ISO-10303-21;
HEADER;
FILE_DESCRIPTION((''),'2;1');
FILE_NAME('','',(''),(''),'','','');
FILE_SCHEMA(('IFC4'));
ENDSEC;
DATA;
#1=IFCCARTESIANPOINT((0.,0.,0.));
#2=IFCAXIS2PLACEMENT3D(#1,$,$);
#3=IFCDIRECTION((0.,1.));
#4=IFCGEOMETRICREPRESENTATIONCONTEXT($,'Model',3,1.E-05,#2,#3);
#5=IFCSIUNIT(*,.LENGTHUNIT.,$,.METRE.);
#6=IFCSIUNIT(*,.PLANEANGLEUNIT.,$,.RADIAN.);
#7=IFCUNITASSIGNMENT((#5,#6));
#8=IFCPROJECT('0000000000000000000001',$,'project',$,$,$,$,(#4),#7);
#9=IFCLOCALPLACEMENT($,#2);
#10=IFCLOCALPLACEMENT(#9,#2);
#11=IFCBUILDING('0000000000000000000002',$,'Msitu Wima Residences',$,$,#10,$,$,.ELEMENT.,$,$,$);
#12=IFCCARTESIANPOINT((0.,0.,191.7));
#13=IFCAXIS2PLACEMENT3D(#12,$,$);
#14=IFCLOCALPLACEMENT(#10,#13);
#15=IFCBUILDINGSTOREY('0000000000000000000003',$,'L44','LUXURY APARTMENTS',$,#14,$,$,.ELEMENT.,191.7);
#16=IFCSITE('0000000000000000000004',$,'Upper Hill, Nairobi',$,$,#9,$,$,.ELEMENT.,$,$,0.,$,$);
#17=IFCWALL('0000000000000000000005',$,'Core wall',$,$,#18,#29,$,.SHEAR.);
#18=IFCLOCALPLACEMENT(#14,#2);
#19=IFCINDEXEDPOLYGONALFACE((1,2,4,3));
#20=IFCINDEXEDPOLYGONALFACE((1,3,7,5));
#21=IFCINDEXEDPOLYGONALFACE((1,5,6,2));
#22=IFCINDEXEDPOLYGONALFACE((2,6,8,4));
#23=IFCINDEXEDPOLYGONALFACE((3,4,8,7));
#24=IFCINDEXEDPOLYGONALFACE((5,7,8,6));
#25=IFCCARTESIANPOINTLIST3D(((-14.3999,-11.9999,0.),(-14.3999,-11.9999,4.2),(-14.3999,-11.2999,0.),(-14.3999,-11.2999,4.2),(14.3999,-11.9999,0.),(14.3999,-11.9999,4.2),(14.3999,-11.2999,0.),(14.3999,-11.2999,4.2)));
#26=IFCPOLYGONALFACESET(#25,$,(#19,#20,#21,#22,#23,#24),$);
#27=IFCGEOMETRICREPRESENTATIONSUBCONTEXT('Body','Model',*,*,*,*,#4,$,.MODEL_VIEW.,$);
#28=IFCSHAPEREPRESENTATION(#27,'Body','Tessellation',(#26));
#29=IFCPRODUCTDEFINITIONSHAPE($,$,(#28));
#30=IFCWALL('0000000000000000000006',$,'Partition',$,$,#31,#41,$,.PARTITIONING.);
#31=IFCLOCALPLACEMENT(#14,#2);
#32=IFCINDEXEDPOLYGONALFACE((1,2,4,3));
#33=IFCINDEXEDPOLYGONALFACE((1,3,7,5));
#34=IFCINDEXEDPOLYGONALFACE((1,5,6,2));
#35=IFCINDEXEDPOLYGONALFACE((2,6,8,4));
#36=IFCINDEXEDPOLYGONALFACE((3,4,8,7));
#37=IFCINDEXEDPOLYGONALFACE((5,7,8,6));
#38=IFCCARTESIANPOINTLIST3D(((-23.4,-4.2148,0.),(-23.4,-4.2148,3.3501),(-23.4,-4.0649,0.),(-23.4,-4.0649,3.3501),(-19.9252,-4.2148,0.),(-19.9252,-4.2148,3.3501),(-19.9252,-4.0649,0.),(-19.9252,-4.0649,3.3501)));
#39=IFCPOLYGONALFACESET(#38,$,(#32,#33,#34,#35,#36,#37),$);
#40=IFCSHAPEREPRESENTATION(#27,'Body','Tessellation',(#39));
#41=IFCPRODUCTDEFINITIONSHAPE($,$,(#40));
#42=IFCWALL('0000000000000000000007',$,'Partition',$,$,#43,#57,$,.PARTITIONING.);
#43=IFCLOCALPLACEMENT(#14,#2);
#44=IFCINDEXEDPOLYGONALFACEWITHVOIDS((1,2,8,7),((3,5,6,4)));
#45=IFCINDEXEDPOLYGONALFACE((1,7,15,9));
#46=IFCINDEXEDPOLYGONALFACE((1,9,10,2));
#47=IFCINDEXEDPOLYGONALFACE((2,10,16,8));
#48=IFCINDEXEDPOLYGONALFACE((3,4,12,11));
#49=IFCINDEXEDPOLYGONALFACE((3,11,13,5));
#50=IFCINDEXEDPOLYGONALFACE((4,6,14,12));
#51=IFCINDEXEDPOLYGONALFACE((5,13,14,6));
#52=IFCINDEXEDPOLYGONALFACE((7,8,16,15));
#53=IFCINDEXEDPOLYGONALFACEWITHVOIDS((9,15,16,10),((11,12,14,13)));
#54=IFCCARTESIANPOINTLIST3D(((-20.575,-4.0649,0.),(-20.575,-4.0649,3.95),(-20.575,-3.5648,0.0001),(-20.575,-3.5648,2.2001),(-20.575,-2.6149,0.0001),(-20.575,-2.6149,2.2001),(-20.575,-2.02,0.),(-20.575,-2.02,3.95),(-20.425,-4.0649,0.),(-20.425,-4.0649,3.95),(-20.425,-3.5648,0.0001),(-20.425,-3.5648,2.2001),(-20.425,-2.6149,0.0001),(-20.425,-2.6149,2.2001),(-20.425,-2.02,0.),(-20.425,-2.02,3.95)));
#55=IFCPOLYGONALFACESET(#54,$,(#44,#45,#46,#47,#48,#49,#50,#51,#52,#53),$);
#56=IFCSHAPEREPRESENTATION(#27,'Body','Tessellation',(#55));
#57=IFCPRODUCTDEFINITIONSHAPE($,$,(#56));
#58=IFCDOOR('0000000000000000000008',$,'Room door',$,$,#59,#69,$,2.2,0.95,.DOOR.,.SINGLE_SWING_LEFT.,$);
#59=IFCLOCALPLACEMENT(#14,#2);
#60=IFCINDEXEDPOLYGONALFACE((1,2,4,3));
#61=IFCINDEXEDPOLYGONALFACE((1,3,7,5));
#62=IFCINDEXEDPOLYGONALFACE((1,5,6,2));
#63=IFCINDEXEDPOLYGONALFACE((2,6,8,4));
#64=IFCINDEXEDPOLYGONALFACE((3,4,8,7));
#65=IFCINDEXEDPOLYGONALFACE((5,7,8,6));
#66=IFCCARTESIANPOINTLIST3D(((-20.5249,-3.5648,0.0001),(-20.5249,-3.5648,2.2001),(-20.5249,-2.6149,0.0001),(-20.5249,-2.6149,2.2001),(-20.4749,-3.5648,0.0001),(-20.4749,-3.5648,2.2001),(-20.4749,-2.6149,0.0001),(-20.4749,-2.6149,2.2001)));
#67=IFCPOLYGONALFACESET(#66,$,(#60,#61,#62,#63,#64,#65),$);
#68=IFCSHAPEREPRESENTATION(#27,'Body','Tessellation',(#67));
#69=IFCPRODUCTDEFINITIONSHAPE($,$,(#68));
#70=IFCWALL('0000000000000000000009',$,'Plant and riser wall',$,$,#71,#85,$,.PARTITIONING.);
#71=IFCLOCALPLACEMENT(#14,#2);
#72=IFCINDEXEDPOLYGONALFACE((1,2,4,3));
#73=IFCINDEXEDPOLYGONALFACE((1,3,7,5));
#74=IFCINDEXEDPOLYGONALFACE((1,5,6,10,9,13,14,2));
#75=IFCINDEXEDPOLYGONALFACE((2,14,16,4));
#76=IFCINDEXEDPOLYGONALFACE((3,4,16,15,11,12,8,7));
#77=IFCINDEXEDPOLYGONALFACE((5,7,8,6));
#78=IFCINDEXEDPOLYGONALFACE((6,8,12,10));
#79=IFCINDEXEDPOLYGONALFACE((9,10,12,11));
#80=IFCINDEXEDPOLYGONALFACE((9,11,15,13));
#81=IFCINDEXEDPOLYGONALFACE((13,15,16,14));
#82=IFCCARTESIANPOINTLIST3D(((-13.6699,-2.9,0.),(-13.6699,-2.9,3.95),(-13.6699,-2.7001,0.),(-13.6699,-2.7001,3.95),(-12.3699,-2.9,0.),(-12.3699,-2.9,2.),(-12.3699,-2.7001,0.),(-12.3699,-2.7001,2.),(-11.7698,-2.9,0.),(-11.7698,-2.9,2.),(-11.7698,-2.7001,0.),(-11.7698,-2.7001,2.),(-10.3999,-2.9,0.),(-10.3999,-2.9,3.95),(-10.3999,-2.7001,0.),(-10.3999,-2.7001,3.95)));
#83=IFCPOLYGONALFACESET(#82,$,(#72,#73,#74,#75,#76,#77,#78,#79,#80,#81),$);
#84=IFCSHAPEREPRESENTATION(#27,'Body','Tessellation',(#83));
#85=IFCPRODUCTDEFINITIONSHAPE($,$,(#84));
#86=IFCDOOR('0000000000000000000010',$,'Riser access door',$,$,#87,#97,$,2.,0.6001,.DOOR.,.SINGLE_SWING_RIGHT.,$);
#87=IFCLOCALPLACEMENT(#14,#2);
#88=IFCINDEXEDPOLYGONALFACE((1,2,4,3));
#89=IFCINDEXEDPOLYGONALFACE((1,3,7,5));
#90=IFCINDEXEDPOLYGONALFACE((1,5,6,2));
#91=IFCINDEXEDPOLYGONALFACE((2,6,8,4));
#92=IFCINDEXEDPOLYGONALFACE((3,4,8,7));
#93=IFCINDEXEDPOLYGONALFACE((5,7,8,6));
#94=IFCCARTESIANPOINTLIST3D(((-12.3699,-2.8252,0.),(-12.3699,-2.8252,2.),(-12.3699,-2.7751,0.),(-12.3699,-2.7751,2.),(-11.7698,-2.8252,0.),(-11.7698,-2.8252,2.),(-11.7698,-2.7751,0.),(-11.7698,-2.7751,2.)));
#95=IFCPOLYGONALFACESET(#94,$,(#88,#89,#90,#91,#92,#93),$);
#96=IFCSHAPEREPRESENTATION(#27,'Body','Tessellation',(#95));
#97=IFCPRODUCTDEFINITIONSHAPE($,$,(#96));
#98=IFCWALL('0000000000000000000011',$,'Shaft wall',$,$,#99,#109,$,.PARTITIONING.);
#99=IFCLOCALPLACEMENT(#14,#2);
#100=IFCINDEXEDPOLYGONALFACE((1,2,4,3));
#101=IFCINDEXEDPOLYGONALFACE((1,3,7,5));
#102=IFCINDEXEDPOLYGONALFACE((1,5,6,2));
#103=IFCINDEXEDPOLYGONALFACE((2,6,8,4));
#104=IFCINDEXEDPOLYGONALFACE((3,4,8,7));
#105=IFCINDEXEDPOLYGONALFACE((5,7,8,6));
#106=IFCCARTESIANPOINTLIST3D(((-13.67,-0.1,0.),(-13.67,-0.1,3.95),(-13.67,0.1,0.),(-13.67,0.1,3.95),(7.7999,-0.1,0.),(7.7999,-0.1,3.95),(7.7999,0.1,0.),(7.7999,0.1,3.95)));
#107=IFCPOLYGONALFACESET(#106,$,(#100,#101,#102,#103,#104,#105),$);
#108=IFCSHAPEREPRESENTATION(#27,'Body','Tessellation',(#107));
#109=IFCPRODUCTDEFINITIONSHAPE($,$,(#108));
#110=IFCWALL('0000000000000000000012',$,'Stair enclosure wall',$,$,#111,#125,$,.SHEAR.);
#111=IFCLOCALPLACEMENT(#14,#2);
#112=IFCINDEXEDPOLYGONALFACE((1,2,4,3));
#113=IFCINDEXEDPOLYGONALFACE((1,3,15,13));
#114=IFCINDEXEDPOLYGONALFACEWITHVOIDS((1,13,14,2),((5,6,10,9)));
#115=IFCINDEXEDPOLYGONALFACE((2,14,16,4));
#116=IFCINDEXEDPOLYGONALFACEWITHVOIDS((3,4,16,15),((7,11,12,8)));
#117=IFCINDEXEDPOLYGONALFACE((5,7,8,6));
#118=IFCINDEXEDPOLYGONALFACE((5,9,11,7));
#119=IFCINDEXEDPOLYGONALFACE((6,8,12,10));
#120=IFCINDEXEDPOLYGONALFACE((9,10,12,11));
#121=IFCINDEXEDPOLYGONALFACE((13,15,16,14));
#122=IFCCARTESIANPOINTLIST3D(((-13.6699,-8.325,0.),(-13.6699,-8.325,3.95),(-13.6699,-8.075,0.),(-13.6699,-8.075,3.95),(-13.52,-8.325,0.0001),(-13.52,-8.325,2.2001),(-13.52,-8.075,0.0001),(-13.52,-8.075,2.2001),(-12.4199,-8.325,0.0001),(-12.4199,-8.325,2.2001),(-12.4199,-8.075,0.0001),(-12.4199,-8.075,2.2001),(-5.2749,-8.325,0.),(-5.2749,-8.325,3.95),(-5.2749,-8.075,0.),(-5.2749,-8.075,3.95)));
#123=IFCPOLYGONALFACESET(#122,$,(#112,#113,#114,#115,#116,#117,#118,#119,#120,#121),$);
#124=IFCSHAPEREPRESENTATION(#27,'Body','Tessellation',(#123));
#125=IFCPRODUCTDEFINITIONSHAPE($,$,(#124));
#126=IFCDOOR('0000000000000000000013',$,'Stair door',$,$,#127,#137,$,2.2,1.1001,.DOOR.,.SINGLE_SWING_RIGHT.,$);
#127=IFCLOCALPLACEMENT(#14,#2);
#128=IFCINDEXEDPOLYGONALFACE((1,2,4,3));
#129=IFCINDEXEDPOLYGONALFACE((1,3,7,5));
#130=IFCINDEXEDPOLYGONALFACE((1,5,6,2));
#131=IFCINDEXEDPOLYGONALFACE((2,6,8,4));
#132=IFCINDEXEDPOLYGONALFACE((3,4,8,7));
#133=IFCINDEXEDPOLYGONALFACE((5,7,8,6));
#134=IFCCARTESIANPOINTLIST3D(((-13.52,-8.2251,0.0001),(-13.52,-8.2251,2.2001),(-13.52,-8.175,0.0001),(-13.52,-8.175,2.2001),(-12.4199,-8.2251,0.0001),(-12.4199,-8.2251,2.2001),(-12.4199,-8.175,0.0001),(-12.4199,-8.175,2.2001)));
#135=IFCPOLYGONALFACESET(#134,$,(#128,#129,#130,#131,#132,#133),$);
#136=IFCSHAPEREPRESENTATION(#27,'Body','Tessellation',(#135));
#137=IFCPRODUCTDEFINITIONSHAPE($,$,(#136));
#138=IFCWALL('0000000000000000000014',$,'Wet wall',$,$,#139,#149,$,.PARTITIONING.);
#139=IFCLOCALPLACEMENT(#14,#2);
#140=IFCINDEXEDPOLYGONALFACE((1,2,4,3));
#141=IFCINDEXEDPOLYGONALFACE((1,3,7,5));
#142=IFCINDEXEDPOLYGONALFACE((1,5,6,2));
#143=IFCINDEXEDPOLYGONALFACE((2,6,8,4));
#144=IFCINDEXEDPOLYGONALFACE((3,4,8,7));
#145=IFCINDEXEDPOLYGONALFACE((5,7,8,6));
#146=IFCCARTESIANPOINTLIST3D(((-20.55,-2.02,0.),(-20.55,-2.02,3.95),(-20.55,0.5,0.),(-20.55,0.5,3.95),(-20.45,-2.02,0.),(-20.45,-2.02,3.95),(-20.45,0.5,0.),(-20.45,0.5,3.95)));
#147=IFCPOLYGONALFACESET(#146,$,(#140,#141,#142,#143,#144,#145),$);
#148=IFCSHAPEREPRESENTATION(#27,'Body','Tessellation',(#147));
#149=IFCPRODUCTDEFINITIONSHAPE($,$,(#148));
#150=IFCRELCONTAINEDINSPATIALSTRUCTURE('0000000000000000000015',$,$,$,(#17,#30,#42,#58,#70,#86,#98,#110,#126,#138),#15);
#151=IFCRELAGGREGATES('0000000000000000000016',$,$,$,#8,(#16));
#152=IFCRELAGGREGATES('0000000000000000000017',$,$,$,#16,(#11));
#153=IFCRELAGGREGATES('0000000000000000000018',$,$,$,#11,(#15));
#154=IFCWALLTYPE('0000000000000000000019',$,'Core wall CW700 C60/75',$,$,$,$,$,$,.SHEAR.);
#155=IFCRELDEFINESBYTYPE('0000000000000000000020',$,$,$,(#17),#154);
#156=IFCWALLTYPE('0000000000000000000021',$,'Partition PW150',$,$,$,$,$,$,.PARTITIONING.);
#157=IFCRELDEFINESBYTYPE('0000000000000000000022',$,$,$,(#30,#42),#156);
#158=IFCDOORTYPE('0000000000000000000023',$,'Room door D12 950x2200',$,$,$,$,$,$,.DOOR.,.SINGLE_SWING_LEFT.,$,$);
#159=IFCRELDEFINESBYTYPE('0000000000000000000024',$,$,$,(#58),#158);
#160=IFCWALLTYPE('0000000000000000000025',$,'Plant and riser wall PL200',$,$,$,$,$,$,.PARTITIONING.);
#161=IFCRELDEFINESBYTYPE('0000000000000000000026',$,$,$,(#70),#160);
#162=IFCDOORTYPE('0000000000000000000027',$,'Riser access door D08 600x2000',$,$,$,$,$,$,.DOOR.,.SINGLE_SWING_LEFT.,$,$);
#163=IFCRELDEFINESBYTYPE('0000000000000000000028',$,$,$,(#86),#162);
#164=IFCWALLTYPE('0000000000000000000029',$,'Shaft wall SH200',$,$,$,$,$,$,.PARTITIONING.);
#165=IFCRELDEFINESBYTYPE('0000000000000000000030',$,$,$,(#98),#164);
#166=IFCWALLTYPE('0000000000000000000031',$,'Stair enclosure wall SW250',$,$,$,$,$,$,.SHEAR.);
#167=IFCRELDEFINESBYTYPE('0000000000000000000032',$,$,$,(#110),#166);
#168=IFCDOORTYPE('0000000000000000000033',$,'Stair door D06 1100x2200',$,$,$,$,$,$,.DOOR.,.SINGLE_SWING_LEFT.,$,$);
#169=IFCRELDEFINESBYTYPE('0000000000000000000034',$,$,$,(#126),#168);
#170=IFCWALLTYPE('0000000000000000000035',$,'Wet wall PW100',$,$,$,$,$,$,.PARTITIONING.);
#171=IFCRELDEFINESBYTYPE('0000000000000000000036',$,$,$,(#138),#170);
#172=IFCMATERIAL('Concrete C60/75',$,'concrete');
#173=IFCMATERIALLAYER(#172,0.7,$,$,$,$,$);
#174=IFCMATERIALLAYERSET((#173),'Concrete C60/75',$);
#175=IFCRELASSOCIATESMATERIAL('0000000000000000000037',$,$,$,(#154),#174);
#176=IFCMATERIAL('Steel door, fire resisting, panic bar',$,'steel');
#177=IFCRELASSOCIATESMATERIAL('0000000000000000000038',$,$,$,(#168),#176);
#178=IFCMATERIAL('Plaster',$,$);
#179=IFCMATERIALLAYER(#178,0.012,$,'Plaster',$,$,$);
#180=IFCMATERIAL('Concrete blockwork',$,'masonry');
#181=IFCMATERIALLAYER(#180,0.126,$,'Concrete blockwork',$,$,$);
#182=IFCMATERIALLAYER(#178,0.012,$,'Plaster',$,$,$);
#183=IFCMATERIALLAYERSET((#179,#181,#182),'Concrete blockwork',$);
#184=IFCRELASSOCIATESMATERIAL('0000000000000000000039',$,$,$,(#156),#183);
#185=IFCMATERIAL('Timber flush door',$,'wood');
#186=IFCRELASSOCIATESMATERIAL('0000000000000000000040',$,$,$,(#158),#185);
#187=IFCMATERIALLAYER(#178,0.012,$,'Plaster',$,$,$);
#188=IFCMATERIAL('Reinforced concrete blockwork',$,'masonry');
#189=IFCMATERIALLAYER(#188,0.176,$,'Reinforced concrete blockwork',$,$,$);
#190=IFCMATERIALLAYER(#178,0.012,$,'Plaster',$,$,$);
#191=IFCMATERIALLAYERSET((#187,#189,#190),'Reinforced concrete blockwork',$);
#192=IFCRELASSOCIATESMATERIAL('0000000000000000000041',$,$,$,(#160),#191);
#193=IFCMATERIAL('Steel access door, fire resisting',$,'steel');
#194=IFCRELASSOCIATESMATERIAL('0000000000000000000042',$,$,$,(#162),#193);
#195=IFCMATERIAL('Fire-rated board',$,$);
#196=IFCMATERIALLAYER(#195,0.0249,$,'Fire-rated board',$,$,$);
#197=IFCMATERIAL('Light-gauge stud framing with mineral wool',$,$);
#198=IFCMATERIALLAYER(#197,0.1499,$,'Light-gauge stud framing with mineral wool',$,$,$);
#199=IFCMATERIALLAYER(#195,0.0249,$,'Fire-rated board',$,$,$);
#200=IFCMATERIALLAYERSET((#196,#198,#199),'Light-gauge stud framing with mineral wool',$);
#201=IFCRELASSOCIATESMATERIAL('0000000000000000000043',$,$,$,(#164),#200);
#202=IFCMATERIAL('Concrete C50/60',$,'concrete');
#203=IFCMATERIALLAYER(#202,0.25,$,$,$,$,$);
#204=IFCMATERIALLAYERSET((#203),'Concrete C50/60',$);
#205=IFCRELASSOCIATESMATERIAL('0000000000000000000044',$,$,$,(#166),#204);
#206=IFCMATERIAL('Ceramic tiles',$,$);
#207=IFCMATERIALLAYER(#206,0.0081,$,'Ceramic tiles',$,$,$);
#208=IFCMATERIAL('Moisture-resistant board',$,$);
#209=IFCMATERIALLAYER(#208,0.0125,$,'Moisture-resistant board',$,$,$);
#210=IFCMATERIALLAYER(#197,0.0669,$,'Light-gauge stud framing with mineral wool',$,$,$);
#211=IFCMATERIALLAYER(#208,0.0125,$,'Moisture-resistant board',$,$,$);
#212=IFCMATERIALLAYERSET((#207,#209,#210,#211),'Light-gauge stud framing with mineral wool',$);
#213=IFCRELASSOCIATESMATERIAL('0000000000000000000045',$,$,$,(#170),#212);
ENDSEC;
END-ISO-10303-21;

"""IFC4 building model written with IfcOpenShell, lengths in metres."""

from ifc_helpers import new_model, si_unit, direction, frame, frame_2d, origin, place, context, subcontext, project, spatial, rectangle, extrude, material, layer, layer_set, type_object, element, fill, save


model = new_model("IFC4")

# Units and contexts
model_context = context("Model", 3, precision=1e-05, world=origin(), true_north=direction((0.0, 1.0)))
body_context = subcontext(model_context, "Body", "Model", "MODEL_VIEW")
ifc_project = project(units=[si_unit("LENGTHUNIT", "METRE"), si_unit("PLANEANGLEUNIT", "RADIAN")], contexts=[model_context])

# Site, building, storey
site_placement = place(None, origin())
site = spatial("IfcSite", under=ifc_project, at=site_placement, Name="Upper Hill, Nairobi", CompositionType="ELEMENT", RefElevation=0.0)
building_placement = place(site_placement, origin())
building = spatial("IfcBuilding", under=site, at=building_placement, Name="Msitu Wima Residences", CompositionType="ELEMENT")
storey_placement = place(building_placement, frame((0.0, 0.0, 191.7)))
storey = spatial("IfcBuildingStorey", under=building, at=storey_placement, Name="L44", Description="LUXURY APARTMENTS", CompositionType="ELEMENT", Elevation=191.7)

# Shared definitions
ifc_material_1 = material(Name="Concrete C60/75", Category="concrete")

# Shared definitions
ifc_material_2 = material(Name="Concrete C50/60", Category="concrete")

# Wall
ifc_layer_1 = layer(ifc_material_1, 0.7)
ifc_layer_set_1 = layer_set([ifc_layer_1], Name="Concrete C60/75")
wall_type_1 = type_object("IfcWallType", Name="Core wall CW700 C60/75", PredefinedType="SHEAR", material=ifc_layer_set_1)
wall_1_placement = place(storey_placement, frame((-14.3999, -11.6499, 0.0), z_axis=(0.0, 0.0, 1.0), x_axis=(1.0, 0.0, 0.0)))
element("IfcWall", 1, at=wall_1_placement, inside=storey, type_object=wall_type_1, Name="Core wall", PredefinedType="SHEAR", context=body_context, shape_type="SweptSolid", body=[
    extrude(rectangle(XDim=28.7998, YDim=0.7, at=frame_2d((14.3999, 0.0))), origin(), (0.0, 0.0, 1.0), 4.2),
])

# Shared definitions
ifc_material_3 = material(Name="Steel door, fire resisting, panic bar", Category="steel")
door_type_1 = type_object("IfcDoorType", Name="Stair door D06 1100x2200", OperationType="SINGLE_SWING_LEFT", PredefinedType="DOOR", material=ifc_material_3)

# Wall
ifc_material_4 = material(Name="Plaster")
ifc_layer_2 = layer(ifc_material_4, 0.012, Name="Plaster")
ifc_material_5 = material(Name="Concrete blockwork", Category="masonry")
ifc_layer_3 = layer(ifc_material_5, 0.126, Name="Concrete blockwork")
ifc_layer_4 = layer(ifc_material_4, 0.012, Name="Plaster")
ifc_layer_set_2 = layer_set([ifc_layer_2, ifc_layer_3, ifc_layer_4], Name="Concrete blockwork")
wall_type_2 = type_object("IfcWallType", Name="Partition PW150", PredefinedType="PARTITIONING", material=ifc_layer_set_2)
wall_2_placement = place(storey_placement, frame((-23.3999, -4.1399, 0.0), z_axis=(0.0, 0.0, 1.0), x_axis=(1.0, 0.0, 0.0)))
element("IfcWall", 2, at=wall_2_placement, inside=storey, type_object=wall_type_2, Name="Partition", PredefinedType="PARTITIONING", context=body_context, shape_type="SweptSolid", body=[
    extrude(rectangle(XDim=3.4749, YDim=0.1499, at=frame_2d((1.7373, 0.0))), origin(), (0.0, 0.0, 1.0), 3.3501),
])

# Walls, openings, doors
wall_3_placement = place(storey_placement, frame((-20.5, -4.0649, 0.0), z_axis=(0.0, 0.0, 1.0), x_axis=(0.0, 1.0, 0.0)))
wall_3 = element("IfcWall", 3, at=wall_3_placement, inside=storey, type_object=wall_type_2, Name="Partition", PredefinedType="PARTITIONING", context=body_context, shape_type="SweptSolid", body=[
    extrude(rectangle(XDim=2.0449, YDim=0.1499, at=frame_2d((1.0225, 0.0))), origin(), (0.0, 0.0, 1.0), 3.95),
])
opening_1_placement = place(wall_3_placement, frame((0.5, 0.0, 0.0)))
opening_1 = element("IfcOpeningElement", 4, at=opening_1_placement, cuts=wall_3, PredefinedType="OPENING", context=body_context, shape_type="SweptSolid", body=[
    extrude(rectangle(XDim=0.95, YDim=2.2, at=frame_2d((0.4751, 1.1001))), frame((0.0, 0.085, 0.0), z_axis=(0.0, -1.0, 0.0), x_axis=(1.0, 0.0, 0.0)), (0.0, 0.0, 1.0), 0.1699),
])
ifc_material_6 = material(Name="Timber flush door", Category="wood")
door_type_2 = type_object("IfcDoorType", Name="Room door D12 950x2200", OperationType="SINGLE_SWING_LEFT", PredefinedType="DOOR", material=ifc_material_6)
door_1_placement = place(opening_1_placement, origin())
door_1 = element("IfcDoor", 5, at=door_1_placement, inside=storey, type_object=door_type_2, Name="Room door", OperationType="SINGLE_SWING_LEFT", OverallHeight=2.2, OverallWidth=0.95, PredefinedType="DOOR", context=body_context, shape_type="SweptSolid", body=[
    extrude(rectangle(XDim=0.95, YDim=2.2, at=frame_2d((0.4751, 1.1001))), frame((0.0, 0.0249, 0.0), z_axis=(0.0, -1.0, 0.0), x_axis=(1.0, 0.0, 0.0)), (0.0, 0.0, 1.0), 0.05),
])
fill(opening_1, door_1)
ifc_layer_5 = layer(ifc_material_4, 0.012, Name="Plaster")
ifc_material_7 = material(Name="Reinforced concrete blockwork", Category="masonry")
ifc_layer_6 = layer(ifc_material_7, 0.176, Name="Reinforced concrete blockwork")
ifc_layer_7 = layer(ifc_material_4, 0.012, Name="Plaster")
ifc_layer_set_3 = layer_set([ifc_layer_5, ifc_layer_6, ifc_layer_7], Name="Reinforced concrete blockwork")
wall_type_3 = type_object("IfcWallType", Name="Plant and riser wall PL200", PredefinedType="PARTITIONING", material=ifc_layer_set_3)
wall_4_placement = place(storey_placement, frame((-13.6699, -2.8, 0.0), z_axis=(0.0, 0.0, 1.0), x_axis=(1.0, 0.0, 0.0)))
wall_4 = element("IfcWall", 6, at=wall_4_placement, inside=storey, type_object=wall_type_3, Name="Plant and riser wall", PredefinedType="PARTITIONING", context=body_context, shape_type="SweptSolid", body=[
    extrude(rectangle(XDim=3.27, YDim=0.2, at=frame_2d((1.635, 0.0))), origin(), (0.0, 0.0, 1.0), 3.95),
])
opening_2_placement = place(wall_4_placement, frame((1.3, 0.0, 0.0)))
opening_2 = element("IfcOpeningElement", 7, at=opening_2_placement, cuts=wall_4, PredefinedType="OPENING", context=body_context, shape_type="SweptSolid", body=[
    extrude(rectangle(XDim=0.6001, YDim=2.0, at=frame_2d((0.3, 1.0))), frame((0.0, 0.1099, 0.0), z_axis=(0.0, -1.0, 0.0), x_axis=(1.0, 0.0, 0.0)), (0.0, 0.0, 1.0), 0.22),
])
ifc_material_8 = material(Name="Steel access door, fire resisting", Category="steel")
door_type_3 = type_object("IfcDoorType", Name="Riser access door D08 600x2000", OperationType="SINGLE_SWING_LEFT", PredefinedType="DOOR", material=ifc_material_8)
door_2_placement = place(opening_2_placement, origin())
door_2 = element("IfcDoor", 8, at=door_2_placement, inside=storey, type_object=door_type_3, Name="Riser access door", OperationType="SINGLE_SWING_RIGHT", OverallHeight=2.0, OverallWidth=0.6001, PredefinedType="DOOR", context=body_context, shape_type="SweptSolid", body=[
    extrude(rectangle(XDim=0.6001, YDim=2.0, at=frame_2d((0.3, 1.0))), frame((0.0, 0.0249, 0.0), z_axis=(0.0, -1.0, 0.0), x_axis=(1.0, 0.0, 0.0)), (0.0, 0.0, 1.0), 0.05),
])
fill(opening_2, door_2)

# Wall
ifc_material_9 = material(Name="Fire-rated board")
ifc_layer_8 = layer(ifc_material_9, 0.0249, Name="Fire-rated board")
ifc_material_10 = material(Name="Light-gauge stud framing with mineral wool")
ifc_layer_9 = layer(ifc_material_10, 0.1499, Name="Light-gauge stud framing with mineral wool")
ifc_layer_10 = layer(ifc_material_9, 0.0249, Name="Fire-rated board")
ifc_layer_set_4 = layer_set([ifc_layer_8, ifc_layer_9, ifc_layer_10], Name="Light-gauge stud framing with mineral wool")
wall_type_4 = type_object("IfcWallType", Name="Shaft wall SH200", PredefinedType="PARTITIONING", material=ifc_layer_set_4)
wall_5_placement = place(storey_placement, frame((-13.6699, 0.0, 0.0), z_axis=(0.0, 0.0, 1.0), x_axis=(1.0, 0.0, 0.0)))
element("IfcWall", 9, at=wall_5_placement, inside=storey, type_object=wall_type_4, Name="Shaft wall", PredefinedType="PARTITIONING", context=body_context, shape_type="SweptSolid", body=[
    extrude(rectangle(XDim=21.47, YDim=0.2, at=frame_2d((10.7349, 0.0))), origin(), (0.0, 0.0, 1.0), 3.95),
])

# Wall, opening, door
ifc_layer_11 = layer(ifc_material_2, 0.25)
ifc_layer_set_5 = layer_set([ifc_layer_11], Name="Concrete C50/60")
wall_type_5 = type_object("IfcWallType", Name="Stair enclosure wall SW250", PredefinedType="SHEAR", material=ifc_layer_set_5)
wall_6_placement = place(storey_placement, frame((-13.6699, -8.2, 0.0), z_axis=(0.0, 0.0, 1.0), x_axis=(1.0, 0.0, 0.0)))
wall_6 = element("IfcWall", 10, at=wall_6_placement, inside=storey, type_object=wall_type_5, Name="Stair enclosure wall", PredefinedType="SHEAR", context=body_context, shape_type="SweptSolid", body=[
    extrude(rectangle(XDim=8.395, YDim=0.25, at=frame_2d((4.1975, 0.0))), origin(), (0.0, 0.0, 1.0), 3.95),
])
opening_3_placement = place(wall_6_placement, frame((0.1499, 0.0, 0.0)))
opening_3 = element("IfcOpeningElement", 11, at=opening_3_placement, cuts=wall_6, PredefinedType="OPENING", context=body_context, shape_type="SweptSolid", body=[
    extrude(rectangle(XDim=1.1001, YDim=2.2, at=frame_2d((0.55, 1.1001))), frame((0.0, 0.135, 0.0), z_axis=(0.0, -1.0, 0.0), x_axis=(1.0, 0.0, 0.0)), (0.0, 0.0, 1.0), 0.27),
])
door_3_placement = place(opening_3_placement, origin())
door_3 = element("IfcDoor", 12, at=door_3_placement, inside=storey, type_object=door_type_1, Name="Stair door", OperationType="SINGLE_SWING_RIGHT", OverallHeight=2.2, OverallWidth=1.1001, PredefinedType="DOOR", context=body_context, shape_type="SweptSolid", body=[
    extrude(rectangle(XDim=1.1001, YDim=2.2, at=frame_2d((0.55, 1.1001))), frame((0.0, 0.0249, 0.0), z_axis=(0.0, -1.0, 0.0), x_axis=(1.0, 0.0, 0.0)), (0.0, 0.0, 1.0), 0.05),
])
fill(opening_3, door_3)

# Wall
ifc_material_11 = material(Name="Ceramic tiles")
ifc_layer_12 = layer(ifc_material_11, 0.0081, Name="Ceramic tiles")
ifc_material_12 = material(Name="Moisture-resistant board")
ifc_layer_13 = layer(ifc_material_12, 0.0125, Name="Moisture-resistant board")
ifc_layer_14 = layer(ifc_material_10, 0.0669, Name="Light-gauge stud framing with mineral wool")
ifc_layer_15 = layer(ifc_material_12, 0.0125, Name="Moisture-resistant board")
ifc_layer_set_6 = layer_set([ifc_layer_12, ifc_layer_13, ifc_layer_14, ifc_layer_15], Name="Light-gauge stud framing with mineral wool")
wall_type_6 = type_object("IfcWallType", Name="Wet wall PW100", PredefinedType="PARTITIONING", material=ifc_layer_set_6)
wall_7_placement = place(storey_placement, frame((-20.5, -2.02, 0.0), z_axis=(0.0, 0.0, 1.0), x_axis=(0.0, 1.0, 0.0)))
element("IfcWall", 13, at=wall_7_placement, inside=storey, type_object=wall_type_6, Name="Wet wall", PredefinedType="PARTITIONING", context=body_context, shape_type="SweptSolid", body=[
    extrude(rectangle(XDim=2.52, YDim=0.1001, at=frame_2d((1.26, 0.0))), origin(), (0.0, 0.0, 1.0), 3.95),
])

save(model, "model.ifc")
